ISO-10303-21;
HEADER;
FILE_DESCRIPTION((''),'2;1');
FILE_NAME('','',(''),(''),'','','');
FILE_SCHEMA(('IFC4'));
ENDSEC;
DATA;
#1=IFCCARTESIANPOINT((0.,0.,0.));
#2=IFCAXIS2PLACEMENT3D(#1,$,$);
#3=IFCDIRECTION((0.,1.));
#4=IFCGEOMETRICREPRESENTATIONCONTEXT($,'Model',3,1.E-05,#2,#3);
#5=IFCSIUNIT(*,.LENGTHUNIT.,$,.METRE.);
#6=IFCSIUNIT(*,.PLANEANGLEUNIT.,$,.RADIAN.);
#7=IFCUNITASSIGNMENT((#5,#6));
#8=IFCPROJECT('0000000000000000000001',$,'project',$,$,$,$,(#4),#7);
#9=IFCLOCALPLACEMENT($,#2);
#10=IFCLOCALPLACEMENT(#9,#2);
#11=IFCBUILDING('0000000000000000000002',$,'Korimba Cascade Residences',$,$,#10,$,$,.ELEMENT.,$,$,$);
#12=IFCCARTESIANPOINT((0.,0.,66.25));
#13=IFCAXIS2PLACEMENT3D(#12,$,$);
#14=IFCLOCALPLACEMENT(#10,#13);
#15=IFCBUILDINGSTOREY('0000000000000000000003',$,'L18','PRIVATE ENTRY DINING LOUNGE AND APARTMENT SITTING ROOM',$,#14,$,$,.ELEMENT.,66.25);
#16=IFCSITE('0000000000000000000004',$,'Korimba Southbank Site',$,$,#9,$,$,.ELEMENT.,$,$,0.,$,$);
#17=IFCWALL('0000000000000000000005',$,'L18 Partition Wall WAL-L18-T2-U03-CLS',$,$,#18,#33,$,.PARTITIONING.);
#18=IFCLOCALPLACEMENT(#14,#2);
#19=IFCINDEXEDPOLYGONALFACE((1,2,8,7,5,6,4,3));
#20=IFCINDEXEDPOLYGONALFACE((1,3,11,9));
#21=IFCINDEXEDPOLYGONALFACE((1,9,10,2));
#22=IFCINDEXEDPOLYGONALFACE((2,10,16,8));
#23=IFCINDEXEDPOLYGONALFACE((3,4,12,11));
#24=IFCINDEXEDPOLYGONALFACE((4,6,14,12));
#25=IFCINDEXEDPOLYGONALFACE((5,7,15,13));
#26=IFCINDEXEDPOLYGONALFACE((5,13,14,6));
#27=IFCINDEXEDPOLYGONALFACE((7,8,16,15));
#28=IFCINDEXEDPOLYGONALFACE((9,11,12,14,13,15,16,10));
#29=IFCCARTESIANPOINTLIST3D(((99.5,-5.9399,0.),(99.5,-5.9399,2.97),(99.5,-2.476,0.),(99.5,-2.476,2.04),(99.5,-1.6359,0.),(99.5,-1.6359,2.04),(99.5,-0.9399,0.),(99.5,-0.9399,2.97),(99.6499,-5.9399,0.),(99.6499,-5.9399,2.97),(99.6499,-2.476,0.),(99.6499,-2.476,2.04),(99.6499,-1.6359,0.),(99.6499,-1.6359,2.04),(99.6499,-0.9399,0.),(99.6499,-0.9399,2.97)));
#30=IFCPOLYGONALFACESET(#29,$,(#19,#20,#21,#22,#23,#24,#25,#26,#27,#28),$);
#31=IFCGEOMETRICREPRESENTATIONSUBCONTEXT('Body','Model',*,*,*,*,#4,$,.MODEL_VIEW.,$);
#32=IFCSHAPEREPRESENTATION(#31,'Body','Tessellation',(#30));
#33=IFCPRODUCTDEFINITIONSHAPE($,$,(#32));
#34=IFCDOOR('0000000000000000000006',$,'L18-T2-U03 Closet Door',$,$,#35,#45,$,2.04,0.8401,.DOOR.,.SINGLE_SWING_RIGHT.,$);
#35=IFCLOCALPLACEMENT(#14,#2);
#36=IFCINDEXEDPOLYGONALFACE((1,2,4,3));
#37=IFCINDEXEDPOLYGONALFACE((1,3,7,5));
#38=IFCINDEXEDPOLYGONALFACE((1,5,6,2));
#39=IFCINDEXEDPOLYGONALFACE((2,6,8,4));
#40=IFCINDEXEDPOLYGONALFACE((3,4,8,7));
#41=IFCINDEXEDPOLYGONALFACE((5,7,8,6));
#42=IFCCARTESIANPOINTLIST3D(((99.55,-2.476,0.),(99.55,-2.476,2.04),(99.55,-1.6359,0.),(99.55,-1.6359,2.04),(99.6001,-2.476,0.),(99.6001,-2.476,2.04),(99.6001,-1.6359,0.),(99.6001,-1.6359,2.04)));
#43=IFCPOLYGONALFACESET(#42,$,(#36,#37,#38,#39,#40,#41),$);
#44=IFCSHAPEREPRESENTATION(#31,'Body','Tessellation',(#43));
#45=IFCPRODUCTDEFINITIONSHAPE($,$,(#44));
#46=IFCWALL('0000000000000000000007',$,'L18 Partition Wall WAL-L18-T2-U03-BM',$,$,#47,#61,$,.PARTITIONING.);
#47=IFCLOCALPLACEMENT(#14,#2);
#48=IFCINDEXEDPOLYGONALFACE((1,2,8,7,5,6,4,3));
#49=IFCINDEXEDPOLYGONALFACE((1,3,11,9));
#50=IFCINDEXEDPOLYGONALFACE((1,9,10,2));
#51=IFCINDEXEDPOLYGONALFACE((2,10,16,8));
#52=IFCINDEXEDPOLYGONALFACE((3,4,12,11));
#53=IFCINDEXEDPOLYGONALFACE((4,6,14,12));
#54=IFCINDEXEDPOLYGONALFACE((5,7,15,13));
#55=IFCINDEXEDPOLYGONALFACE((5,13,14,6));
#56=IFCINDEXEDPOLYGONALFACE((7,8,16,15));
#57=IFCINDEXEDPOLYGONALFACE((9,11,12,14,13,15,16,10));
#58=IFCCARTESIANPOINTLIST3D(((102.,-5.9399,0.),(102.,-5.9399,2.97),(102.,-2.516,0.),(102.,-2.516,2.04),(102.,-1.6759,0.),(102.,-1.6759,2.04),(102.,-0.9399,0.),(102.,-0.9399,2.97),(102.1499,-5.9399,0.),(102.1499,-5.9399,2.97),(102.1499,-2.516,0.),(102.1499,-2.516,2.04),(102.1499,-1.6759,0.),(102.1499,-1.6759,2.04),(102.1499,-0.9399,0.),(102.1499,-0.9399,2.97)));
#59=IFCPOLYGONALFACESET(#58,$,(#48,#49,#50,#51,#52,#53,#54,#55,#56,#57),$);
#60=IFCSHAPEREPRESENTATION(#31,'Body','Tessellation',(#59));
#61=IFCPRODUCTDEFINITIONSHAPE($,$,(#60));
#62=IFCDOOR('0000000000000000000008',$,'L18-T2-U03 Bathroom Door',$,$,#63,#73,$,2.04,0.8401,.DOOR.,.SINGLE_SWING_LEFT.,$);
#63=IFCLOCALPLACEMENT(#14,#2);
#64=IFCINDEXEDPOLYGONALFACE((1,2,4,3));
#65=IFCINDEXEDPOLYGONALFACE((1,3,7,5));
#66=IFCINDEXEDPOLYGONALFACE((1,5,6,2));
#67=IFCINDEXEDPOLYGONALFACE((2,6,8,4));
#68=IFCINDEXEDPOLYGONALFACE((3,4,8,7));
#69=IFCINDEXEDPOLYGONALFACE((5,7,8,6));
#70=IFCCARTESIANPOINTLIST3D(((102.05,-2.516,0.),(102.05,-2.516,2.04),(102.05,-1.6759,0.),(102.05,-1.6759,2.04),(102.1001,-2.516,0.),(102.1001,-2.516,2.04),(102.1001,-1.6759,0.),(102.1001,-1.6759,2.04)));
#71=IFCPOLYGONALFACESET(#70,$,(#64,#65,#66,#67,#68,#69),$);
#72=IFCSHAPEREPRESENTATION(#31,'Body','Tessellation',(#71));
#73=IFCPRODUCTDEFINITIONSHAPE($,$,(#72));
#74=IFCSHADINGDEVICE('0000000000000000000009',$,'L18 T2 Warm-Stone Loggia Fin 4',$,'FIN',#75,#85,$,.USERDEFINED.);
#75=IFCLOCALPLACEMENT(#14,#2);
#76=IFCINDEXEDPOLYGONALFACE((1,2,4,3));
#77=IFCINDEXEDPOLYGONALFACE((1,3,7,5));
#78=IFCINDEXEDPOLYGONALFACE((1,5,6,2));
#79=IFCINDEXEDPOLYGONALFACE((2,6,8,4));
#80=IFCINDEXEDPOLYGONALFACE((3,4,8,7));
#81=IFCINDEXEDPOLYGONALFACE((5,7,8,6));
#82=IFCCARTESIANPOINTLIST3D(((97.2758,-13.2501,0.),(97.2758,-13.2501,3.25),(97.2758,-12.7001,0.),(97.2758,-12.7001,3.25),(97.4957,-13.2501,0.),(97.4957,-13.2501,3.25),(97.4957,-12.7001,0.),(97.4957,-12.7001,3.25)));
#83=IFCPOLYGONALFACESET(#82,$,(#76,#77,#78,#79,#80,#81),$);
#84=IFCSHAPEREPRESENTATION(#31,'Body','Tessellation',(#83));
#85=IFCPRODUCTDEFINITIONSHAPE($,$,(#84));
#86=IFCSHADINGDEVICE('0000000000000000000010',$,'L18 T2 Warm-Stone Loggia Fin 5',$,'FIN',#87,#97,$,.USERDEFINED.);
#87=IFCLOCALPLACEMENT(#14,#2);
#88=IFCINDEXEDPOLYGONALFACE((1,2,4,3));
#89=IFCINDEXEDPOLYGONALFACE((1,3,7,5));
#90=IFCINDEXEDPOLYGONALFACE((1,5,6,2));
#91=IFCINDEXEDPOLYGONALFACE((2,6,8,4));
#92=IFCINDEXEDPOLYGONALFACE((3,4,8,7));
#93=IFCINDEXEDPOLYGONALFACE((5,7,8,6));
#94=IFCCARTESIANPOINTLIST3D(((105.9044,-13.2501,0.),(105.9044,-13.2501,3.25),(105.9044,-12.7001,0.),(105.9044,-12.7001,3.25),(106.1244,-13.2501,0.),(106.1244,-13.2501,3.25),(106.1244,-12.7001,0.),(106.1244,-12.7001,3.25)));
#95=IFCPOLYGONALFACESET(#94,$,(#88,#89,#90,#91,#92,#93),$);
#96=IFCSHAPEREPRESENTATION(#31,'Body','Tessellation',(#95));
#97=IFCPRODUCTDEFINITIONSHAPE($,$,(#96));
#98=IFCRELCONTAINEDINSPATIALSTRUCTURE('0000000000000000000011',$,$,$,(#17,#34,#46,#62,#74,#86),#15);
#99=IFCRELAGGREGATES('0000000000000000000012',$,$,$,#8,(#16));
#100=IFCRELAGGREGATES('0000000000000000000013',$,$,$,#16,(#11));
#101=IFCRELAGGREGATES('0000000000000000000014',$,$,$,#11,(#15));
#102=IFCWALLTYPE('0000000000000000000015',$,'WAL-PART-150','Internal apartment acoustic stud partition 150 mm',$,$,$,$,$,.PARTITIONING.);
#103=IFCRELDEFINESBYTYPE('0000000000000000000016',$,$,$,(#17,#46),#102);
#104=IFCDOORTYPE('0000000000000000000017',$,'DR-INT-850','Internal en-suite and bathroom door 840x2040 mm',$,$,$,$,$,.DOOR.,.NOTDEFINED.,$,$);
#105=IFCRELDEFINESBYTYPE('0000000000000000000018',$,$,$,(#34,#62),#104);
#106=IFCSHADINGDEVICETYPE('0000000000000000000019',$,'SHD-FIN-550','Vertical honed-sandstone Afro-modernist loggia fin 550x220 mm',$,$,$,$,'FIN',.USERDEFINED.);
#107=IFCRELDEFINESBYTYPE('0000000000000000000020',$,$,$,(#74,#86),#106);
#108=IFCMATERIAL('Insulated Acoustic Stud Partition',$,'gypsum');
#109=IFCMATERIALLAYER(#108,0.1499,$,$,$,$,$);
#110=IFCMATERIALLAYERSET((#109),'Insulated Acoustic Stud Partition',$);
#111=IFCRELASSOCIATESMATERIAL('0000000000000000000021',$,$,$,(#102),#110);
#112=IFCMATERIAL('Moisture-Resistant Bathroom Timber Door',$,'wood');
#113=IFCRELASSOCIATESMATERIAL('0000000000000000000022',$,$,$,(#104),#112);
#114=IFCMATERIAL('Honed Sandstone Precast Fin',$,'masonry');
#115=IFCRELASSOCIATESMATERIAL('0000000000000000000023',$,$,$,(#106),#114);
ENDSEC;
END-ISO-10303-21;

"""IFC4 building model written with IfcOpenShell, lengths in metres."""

from ifc_helpers import new_model, si_unit, direction, frame, frame_2d, origin, origin_2d, place, context, subcontext, project, spatial, rectangle, extrude, material, layer, layer_set, type_object, element, fill, save


model = new_model("IFC4")

# Units and contexts
model_context = context("Model", 3, precision=1e-05, world=origin(), true_north=direction((0.0, 1.0)))
body_context = subcontext(model_context, "Body", "Model", "MODEL_VIEW")
ifc_project = project(units=[si_unit("LENGTHUNIT", "METRE"), si_unit("PLANEANGLEUNIT", "RADIAN")], contexts=[model_context])

# Site, building, storey
site_placement = place(None, origin())
site = spatial("IfcSite", under=ifc_project, at=site_placement, Name="Korimba Southbank Site", CompositionType="ELEMENT", RefElevation=0.0)
building_placement = place(site_placement, origin())
building = spatial("IfcBuilding", under=site, at=building_placement, Name="Korimba Cascade Residences", CompositionType="ELEMENT")
storey_placement = place(building_placement, frame((0.0, 0.0, 66.25)))
storey = spatial("IfcBuildingStorey", under=building, at=storey_placement, Name="L18", Description="PRIVATE ENTRY DINING LOUNGE AND APARTMENT SITTING ROOM", CompositionType="ELEMENT", Elevation=66.25)

# Walls, openings, doors
ifc_material_1 = material(Name="Insulated Acoustic Stud Partition", Category="gypsum")
ifc_layer = layer(ifc_material_1, 0.1499)
ifc_layer_set = layer_set([ifc_layer], Name="Insulated Acoustic Stud Partition")
wall_type = type_object("IfcWallType", Name="WAL-PART-150", Description="Internal apartment acoustic stud partition 150 mm", PredefinedType="PARTITIONING", material=ifc_layer_set)
ifc_material_2 = material(Name="Moisture-Resistant Bathroom Timber Door", Category="wood")
door_type_1 = type_object("IfcDoorType", Name="DR-INT-850", Description="Internal en-suite and bathroom door 840x2040 mm", OperationType="NOTDEFINED", PredefinedType="DOOR", material=ifc_material_2)
wall_1_placement = place(storey_placement, frame((99.575, -5.9399, 0.0), z_axis=(0.0, 0.0, 1.0), x_axis=(0.0, 1.0, 0.0)))
wall_1 = element("IfcWall", 1, at=wall_1_placement, inside=storey, type_object=wall_type, Name="L18 Partition Wall WAL-L18-T2-U03-CLS", PredefinedType="PARTITIONING", context=body_context, shape_type="SweptSolid", body=[
    extrude(rectangle(XDim=5.0, YDim=0.1499, at=frame_2d((2.5, 0.0))), origin(), (0.0, 0.0, 1.0), 2.97),
])
opening_1_placement = place(wall_1_placement, frame((3.4641, 0.0, 0.0)))
opening_1 = element("IfcOpeningElement", 2, at=opening_1_placement, cuts=wall_1, PredefinedType="OPENING", context=body_context, shape_type="SweptSolid", body=[
    extrude(rectangle(XDim=0.8401, YDim=2.04, at=frame_2d((0.4199, 1.02))), frame((0.0, 0.085, 0.0), z_axis=(0.0, -1.0, 0.0), x_axis=(1.0, 0.0, 0.0)), (0.0, 0.0, 1.0), 0.1699),
])
door_1_placement = place(opening_1_placement, origin())
door_1 = element("IfcDoor", 3, at=door_1_placement, inside=storey, type_object=door_type_1, Name="L18-T2-U03 Closet Door", OperationType="SINGLE_SWING_RIGHT", OverallHeight=2.04, OverallWidth=0.8401, PredefinedType="DOOR", context=body_context, shape_type="SweptSolid", body=[
    extrude(rectangle(XDim=0.8401, YDim=2.04, at=frame_2d((0.4199, 1.02))), frame((0.0, 0.0249, 0.0), z_axis=(0.0, -1.0, 0.0), x_axis=(1.0, 0.0, 0.0)), (0.0, 0.0, 1.0), 0.05),
])
fill(opening_1, door_1)
wall_2_placement = place(storey_placement, frame((102.075, -5.9399, 0.0), z_axis=(0.0, 0.0, 1.0), x_axis=(0.0, 1.0, 0.0)))
wall_2 = element("IfcWall", 4, at=wall_2_placement, inside=storey, type_object=wall_type, Name="L18 Partition Wall WAL-L18-T2-U03-BM", PredefinedType="PARTITIONING", context=body_context, shape_type="SweptSolid", body=[
    extrude(rectangle(XDim=5.0, YDim=0.1499, at=frame_2d((2.5, 0.0))), origin(), (0.0, 0.0, 1.0), 2.97),
])
opening_2_placement = place(wall_2_placement, frame((3.4241, 0.0, 0.0)))
opening_2 = element("IfcOpeningElement", 5, at=opening_2_placement, cuts=wall_2, PredefinedType="OPENING", context=body_context, shape_type="SweptSolid", body=[
    extrude(rectangle(XDim=0.8401, YDim=2.04, at=frame_2d((0.4199, 1.02))), frame((0.0, 0.085, 0.0), z_axis=(0.0, -1.0, 0.0), x_axis=(1.0, 0.0, 0.0)), (0.0, 0.0, 1.0), 0.1699),
])
door_2_placement = place(opening_2_placement, origin())
door_2 = element("IfcDoor", 6, at=door_2_placement, inside=storey, type_object=door_type_1, Name="L18-T2-U03 Bathroom Door", OperationType="SINGLE_SWING_LEFT", OverallHeight=2.04, OverallWidth=0.8401, PredefinedType="DOOR", context=body_context, shape_type="SweptSolid", body=[
    extrude(rectangle(XDim=0.8401, YDim=2.04, at=frame_2d((0.4199, 1.02))), frame((0.0, 0.0249, 0.0), z_axis=(0.0, -1.0, 0.0), x_axis=(1.0, 0.0, 0.0)), (0.0, 0.0, 1.0), 0.05),
])
fill(opening_2, door_2)

# Shading devices
ifc_material_3 = material(Name="Honed Sandstone Precast Fin", Category="masonry")
shading_device_type = type_object("IfcShadingDeviceType", Name="SHD-FIN-550", Description="Vertical honed-sandstone Afro-modernist loggia fin 550x220 mm", ElementType="FIN", PredefinedType="USERDEFINED", material=ifc_material_3)
for number, where, z_axis, x_axis, name in (
    (7, (97.3857, -12.9751, 0.0), (0.0, 0.0, 1.0), (1.0, 0.0, 0.0), "L18 T2 Warm-Stone Loggia Fin 4"),
    (8, (106.0144, -12.9751, 0.0), (0.0, 0.0, 1.0), (1.0, 0.0, 0.0), "L18 T2 Warm-Stone Loggia Fin 5"),
):
    element("IfcShadingDevice", number, at=place(storey_placement, frame(where, z_axis=z_axis, x_axis=x_axis)), inside=storey, type_object=shading_device_type, Name=name, ObjectType="FIN", PredefinedType="USERDEFINED", context=body_context, shape_type="SweptSolid", body=[
        extrude(rectangle(XDim=0.22, YDim=0.55, at=origin_2d()), origin(), (0.0, 0.0, 1.0), 3.25),
    ])

save(model, "model.ifc")
